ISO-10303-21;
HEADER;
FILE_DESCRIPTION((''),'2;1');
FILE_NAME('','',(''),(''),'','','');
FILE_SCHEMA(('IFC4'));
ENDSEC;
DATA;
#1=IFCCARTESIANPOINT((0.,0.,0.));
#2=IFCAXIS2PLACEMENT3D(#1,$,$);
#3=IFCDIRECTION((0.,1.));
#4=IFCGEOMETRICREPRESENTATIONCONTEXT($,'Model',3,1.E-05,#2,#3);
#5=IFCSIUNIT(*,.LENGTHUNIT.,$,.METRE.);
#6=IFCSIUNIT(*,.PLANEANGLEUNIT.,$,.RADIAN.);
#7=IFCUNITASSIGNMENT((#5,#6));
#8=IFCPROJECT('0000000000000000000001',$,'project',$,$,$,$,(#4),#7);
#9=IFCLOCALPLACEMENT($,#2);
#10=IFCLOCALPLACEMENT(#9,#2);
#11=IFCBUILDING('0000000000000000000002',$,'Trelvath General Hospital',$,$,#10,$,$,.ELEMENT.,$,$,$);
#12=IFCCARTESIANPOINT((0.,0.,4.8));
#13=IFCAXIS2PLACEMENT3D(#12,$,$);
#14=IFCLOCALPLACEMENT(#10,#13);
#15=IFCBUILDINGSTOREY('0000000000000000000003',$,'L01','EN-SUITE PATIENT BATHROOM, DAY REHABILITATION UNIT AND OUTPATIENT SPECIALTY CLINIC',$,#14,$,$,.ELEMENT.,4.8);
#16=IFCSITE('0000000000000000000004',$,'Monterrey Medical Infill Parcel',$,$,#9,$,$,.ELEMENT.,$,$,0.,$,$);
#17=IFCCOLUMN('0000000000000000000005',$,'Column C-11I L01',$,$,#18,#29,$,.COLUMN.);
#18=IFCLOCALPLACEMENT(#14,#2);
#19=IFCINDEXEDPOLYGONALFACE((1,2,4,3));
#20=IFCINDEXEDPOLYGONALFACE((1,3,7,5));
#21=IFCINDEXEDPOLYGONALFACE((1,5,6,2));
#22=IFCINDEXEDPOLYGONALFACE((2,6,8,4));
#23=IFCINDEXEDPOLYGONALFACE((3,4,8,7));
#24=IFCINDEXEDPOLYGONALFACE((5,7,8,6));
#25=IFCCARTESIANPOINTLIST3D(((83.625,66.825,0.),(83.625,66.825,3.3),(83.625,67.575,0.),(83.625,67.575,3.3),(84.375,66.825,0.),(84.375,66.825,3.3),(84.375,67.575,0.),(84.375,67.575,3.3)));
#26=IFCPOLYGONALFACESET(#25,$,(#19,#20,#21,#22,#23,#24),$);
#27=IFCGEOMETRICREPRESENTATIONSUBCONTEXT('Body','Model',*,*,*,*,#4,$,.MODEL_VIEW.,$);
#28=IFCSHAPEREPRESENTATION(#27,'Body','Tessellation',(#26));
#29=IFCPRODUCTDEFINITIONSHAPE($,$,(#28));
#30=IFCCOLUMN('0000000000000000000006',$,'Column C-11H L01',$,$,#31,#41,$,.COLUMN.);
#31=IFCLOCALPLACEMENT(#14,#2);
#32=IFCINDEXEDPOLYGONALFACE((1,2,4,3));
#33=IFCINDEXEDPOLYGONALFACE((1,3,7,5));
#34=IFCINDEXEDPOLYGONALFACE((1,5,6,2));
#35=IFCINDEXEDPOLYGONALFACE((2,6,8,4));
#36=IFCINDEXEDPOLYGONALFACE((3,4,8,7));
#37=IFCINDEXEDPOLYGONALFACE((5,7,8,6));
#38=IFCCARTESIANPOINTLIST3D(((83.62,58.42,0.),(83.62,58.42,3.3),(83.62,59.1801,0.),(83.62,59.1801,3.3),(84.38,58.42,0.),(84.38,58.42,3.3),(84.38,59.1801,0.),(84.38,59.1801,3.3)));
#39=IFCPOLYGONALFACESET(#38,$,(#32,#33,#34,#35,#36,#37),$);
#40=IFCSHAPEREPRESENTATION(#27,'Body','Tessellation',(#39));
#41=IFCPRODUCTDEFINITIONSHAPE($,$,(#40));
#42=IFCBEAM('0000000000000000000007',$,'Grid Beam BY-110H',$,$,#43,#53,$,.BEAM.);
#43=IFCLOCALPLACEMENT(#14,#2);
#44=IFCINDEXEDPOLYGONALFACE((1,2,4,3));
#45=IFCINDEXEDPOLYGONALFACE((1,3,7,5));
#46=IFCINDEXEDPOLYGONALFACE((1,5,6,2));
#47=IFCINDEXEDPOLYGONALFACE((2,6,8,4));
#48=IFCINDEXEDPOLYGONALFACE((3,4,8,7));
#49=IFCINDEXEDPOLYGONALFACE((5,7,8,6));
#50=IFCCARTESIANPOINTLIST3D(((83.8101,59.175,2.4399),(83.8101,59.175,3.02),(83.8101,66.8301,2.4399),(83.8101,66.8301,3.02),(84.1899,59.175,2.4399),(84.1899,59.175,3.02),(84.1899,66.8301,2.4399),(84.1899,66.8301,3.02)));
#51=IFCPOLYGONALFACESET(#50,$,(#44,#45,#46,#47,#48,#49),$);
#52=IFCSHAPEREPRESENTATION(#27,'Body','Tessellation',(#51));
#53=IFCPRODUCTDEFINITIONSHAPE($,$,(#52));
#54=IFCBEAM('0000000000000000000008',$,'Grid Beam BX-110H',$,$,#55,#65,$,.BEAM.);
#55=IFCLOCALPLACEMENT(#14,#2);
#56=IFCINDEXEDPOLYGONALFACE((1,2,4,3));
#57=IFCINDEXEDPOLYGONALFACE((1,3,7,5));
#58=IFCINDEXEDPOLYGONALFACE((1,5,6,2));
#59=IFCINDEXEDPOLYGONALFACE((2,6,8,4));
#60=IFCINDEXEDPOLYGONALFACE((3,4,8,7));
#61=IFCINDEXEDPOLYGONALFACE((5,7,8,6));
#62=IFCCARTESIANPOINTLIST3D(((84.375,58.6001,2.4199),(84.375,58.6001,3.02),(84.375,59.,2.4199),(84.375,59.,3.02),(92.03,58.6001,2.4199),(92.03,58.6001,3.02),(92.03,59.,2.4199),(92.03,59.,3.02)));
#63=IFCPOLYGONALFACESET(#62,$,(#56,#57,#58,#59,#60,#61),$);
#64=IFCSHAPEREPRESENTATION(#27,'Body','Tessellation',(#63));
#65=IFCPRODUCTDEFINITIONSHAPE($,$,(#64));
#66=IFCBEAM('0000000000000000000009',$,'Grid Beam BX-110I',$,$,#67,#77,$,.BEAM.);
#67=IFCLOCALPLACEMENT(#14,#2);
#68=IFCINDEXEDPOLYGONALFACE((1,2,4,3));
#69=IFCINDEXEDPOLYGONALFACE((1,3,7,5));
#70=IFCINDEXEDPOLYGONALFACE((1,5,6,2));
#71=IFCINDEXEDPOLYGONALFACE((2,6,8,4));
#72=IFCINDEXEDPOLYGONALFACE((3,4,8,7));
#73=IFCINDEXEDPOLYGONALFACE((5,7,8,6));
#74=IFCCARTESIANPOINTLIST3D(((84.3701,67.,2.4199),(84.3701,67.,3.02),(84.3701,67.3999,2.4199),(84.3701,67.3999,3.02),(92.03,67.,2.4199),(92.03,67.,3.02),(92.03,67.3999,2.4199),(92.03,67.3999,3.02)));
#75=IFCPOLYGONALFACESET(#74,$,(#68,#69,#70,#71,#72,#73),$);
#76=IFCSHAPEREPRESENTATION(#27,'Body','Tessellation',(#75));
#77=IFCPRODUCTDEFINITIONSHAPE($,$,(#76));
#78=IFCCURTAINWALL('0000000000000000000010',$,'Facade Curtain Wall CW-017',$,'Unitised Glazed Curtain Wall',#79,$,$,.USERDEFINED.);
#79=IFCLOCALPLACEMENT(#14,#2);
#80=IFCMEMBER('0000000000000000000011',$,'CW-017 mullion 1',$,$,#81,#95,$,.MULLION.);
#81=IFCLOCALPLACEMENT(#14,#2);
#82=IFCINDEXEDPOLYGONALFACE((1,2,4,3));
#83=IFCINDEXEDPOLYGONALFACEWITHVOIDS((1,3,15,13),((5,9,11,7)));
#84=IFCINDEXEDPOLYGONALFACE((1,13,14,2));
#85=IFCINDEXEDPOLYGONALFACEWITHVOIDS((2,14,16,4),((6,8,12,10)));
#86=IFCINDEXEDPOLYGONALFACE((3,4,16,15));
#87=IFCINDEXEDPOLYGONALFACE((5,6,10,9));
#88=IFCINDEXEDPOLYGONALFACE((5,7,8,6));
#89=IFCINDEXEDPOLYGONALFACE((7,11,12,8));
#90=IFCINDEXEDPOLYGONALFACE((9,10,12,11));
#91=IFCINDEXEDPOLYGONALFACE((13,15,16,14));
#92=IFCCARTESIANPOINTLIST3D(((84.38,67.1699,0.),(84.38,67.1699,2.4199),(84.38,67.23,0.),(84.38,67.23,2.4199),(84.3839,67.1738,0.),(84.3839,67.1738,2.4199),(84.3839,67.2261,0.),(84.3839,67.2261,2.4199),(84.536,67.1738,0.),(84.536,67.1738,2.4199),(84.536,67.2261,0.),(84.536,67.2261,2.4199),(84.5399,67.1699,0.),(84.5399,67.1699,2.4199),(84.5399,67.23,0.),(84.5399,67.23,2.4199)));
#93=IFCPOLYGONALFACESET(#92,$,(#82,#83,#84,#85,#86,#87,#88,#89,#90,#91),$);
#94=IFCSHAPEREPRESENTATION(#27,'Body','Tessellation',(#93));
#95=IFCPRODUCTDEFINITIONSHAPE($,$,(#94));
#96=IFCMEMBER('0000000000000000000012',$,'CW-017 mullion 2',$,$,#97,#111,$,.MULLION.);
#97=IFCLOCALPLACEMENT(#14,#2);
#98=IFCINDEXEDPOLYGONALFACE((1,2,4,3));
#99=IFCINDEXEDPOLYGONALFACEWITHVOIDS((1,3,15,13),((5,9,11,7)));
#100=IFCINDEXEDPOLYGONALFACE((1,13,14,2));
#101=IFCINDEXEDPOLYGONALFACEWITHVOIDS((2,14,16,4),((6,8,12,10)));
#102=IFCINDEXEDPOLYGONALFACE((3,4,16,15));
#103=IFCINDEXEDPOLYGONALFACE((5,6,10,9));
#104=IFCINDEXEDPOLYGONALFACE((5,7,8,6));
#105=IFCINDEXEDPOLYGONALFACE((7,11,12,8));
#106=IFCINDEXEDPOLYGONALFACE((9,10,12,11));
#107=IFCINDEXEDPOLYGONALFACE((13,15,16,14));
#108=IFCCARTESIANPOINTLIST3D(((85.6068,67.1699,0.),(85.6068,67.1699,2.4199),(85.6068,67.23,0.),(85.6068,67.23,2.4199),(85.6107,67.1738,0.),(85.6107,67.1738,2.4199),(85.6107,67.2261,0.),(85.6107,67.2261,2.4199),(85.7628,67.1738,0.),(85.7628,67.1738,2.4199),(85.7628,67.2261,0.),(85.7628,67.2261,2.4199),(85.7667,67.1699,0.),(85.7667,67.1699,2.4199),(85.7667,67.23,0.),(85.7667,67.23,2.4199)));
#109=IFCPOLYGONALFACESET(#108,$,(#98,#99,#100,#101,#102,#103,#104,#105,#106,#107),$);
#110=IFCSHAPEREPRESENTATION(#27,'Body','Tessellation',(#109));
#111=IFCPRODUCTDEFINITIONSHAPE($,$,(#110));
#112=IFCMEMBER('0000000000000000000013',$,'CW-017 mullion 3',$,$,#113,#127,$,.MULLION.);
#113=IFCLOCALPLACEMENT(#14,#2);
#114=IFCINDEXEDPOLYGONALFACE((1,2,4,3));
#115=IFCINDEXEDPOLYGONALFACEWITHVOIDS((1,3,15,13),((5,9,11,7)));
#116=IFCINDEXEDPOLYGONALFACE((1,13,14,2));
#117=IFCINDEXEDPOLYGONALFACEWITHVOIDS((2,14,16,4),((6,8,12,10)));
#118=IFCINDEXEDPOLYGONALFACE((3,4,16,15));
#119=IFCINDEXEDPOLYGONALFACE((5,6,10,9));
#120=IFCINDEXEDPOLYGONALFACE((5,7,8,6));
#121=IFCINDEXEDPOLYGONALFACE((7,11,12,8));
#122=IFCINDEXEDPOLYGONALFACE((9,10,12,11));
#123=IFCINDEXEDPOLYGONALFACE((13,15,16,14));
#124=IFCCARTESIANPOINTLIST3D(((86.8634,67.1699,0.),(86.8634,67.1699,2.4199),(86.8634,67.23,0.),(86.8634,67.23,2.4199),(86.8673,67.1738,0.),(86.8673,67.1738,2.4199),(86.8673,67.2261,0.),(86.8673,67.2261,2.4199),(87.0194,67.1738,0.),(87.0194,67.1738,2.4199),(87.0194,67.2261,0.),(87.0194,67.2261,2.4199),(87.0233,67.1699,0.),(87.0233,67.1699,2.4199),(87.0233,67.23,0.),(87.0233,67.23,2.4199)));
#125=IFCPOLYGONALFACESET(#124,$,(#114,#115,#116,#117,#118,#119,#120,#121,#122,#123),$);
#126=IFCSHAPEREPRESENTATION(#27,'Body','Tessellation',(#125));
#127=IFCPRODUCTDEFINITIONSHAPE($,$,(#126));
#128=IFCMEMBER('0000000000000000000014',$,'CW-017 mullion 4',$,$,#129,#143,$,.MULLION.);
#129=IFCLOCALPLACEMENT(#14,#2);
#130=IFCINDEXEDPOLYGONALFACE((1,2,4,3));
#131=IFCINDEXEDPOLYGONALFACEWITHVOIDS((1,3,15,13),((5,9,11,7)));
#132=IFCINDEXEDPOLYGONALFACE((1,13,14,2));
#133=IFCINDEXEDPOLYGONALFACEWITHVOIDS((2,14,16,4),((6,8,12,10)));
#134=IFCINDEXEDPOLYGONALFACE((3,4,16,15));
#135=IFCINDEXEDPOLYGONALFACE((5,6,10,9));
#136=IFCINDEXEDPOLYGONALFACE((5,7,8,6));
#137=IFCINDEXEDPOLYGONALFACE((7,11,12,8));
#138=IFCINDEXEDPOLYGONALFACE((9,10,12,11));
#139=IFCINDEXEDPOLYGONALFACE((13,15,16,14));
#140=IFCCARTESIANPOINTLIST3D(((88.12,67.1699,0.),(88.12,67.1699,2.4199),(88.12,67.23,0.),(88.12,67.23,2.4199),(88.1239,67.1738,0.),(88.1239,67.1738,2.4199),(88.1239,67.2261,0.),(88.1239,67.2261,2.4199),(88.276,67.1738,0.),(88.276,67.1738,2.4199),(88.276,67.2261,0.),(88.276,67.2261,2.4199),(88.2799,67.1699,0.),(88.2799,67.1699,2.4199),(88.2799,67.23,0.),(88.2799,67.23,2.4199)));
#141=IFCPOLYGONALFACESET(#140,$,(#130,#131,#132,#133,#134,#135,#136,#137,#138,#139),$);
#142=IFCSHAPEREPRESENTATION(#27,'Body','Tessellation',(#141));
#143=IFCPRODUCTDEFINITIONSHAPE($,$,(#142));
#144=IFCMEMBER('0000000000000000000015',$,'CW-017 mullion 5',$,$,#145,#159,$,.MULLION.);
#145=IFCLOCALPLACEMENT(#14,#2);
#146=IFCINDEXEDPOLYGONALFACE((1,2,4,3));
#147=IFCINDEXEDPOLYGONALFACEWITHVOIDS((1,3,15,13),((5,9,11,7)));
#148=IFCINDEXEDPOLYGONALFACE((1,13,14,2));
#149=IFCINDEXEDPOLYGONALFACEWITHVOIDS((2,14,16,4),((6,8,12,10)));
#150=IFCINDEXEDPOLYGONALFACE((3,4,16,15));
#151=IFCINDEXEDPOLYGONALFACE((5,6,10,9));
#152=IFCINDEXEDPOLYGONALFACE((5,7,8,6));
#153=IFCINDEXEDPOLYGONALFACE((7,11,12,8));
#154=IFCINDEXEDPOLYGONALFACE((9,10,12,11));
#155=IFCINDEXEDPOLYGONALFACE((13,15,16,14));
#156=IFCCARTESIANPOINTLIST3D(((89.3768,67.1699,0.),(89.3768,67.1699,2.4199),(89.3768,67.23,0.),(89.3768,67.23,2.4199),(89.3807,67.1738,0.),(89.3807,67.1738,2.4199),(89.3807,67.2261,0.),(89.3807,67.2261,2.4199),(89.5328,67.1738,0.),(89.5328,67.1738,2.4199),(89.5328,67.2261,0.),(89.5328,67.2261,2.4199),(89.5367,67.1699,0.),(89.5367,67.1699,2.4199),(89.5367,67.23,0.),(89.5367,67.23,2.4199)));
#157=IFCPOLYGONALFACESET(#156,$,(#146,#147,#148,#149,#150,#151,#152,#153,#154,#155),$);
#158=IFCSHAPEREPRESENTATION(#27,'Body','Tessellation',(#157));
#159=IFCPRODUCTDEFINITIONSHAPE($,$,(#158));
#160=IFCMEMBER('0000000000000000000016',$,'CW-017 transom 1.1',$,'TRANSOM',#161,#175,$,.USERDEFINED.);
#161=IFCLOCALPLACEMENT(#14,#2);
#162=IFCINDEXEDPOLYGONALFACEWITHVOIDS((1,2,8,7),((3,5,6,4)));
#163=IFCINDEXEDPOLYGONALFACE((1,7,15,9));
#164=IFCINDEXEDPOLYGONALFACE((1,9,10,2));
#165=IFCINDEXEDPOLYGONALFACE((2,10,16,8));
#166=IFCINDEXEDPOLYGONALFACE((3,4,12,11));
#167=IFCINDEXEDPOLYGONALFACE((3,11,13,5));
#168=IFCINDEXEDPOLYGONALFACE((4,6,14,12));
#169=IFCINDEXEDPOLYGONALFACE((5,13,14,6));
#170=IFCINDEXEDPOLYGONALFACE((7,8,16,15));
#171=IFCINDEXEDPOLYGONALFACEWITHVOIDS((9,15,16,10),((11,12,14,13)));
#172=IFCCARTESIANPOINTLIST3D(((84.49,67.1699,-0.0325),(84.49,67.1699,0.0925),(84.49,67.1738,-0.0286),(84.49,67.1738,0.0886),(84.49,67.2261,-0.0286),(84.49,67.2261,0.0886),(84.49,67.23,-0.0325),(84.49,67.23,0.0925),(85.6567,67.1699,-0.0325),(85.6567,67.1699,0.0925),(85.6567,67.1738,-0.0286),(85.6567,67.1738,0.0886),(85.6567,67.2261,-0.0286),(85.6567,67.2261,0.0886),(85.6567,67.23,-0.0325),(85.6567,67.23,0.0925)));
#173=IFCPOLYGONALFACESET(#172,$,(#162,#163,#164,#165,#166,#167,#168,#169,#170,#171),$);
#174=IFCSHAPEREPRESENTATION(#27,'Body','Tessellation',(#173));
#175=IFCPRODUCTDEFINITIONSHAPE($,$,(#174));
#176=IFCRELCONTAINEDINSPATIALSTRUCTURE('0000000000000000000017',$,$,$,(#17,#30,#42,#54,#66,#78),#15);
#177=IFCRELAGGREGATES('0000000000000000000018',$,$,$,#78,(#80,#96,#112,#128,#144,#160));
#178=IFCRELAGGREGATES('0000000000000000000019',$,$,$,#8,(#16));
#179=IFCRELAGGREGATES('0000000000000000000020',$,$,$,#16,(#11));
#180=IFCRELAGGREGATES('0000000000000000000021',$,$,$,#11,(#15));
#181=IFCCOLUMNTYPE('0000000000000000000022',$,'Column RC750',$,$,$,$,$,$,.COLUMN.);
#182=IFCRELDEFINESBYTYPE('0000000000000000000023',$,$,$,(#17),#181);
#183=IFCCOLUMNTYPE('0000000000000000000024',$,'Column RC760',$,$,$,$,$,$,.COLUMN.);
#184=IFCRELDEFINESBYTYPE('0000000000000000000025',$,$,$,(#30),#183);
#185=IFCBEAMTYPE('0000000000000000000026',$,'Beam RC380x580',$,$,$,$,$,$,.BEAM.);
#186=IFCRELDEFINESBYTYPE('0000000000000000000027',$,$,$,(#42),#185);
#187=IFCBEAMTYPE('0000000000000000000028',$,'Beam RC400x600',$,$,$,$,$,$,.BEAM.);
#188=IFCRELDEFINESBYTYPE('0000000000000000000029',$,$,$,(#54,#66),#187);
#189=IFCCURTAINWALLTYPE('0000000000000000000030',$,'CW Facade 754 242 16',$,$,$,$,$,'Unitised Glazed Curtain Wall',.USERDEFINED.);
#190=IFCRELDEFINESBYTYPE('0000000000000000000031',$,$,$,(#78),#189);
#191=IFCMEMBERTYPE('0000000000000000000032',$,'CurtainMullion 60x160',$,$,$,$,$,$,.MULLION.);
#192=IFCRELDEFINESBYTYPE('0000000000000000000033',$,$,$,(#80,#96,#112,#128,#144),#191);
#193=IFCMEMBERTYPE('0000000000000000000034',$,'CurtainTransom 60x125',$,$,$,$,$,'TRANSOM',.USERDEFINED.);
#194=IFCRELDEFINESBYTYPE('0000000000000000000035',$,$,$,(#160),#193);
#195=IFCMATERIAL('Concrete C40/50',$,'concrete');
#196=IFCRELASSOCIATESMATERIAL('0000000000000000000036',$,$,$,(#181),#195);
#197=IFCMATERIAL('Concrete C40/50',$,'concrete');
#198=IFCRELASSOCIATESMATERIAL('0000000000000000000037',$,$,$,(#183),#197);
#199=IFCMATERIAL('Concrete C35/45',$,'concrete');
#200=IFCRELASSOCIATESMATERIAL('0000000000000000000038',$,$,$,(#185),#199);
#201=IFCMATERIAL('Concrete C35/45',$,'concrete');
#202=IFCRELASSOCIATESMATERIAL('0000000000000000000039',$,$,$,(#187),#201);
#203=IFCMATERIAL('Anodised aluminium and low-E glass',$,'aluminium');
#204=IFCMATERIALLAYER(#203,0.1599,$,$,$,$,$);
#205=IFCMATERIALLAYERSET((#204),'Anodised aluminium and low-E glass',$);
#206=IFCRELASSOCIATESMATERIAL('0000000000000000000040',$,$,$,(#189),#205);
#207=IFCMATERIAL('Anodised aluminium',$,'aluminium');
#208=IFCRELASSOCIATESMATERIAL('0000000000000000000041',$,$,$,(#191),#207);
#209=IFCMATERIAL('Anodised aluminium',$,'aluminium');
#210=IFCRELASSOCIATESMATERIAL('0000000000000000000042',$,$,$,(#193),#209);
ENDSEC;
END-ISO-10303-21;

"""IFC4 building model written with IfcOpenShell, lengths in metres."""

from ifc_helpers import new_model, si_unit, direction, frame, origin, origin_2d, place, context, subcontext, project, spatial, rectangle, hollow_rectangle, extrude, material, layer, layer_set, material_profile, profile_set, type_object, element, aggregate, save


model = new_model("IFC4")

# Units and contexts
model_context = context("Model", 3, precision=1e-05, world=origin(), true_north=direction((0.0, 1.0)))
body_context = subcontext(model_context, "Body", "Model", "MODEL_VIEW")
ifc_project = project(units=[si_unit("LENGTHUNIT", "METRE"), si_unit("PLANEANGLEUNIT", "RADIAN")], contexts=[model_context])

# Site, building, storey
site_placement = place(None, origin())
site = spatial("IfcSite", under=ifc_project, at=site_placement, Name="Monterrey Medical Infill Parcel", CompositionType="ELEMENT", RefElevation=0.0)
building_placement = place(site_placement, origin())
building = spatial("IfcBuilding", under=site, at=building_placement, Name="Trelvath General Hospital", CompositionType="ELEMENT")
storey_placement = place(building_placement, frame((0.0, 0.0, 4.8)))
storey = spatial("IfcBuildingStorey", under=building, at=storey_placement, Name="L01", Description="EN-SUITE PATIENT BATHROOM, DAY REHABILITATION UNIT AND OUTPATIENT SPECIALTY CLINIC", CompositionType="ELEMENT", Elevation=4.8)

# Columns
ifc_material_1 = material(Name="Concrete C40/50", Category="concrete")
ifc_material_profile_1 = material_profile(ifc_material_1, rectangle(XDim=0.75, YDim=0.75, at=origin_2d()), Name="RC750x750")
ifc_profile_set_1 = profile_set([ifc_material_profile_1], Name="Concrete C40/50")
column_type_1 = type_object("IfcColumnType", Name="Column RC750", PredefinedType="COLUMN", material=ifc_profile_set_1)
column_1_placement = place(storey_placement, frame((84.0, 67.2, 0.0), z_axis=(0.0, 0.0, 1.0), x_axis=(1.0, 0.0, 0.0)))
element("IfcColumn", 1, at=column_1_placement, inside=storey, type_object=column_type_1, Name="Column C-11I L01", PredefinedType="COLUMN", context=body_context, shape_type="SweptSolid", body=[
    extrude(rectangle(XDim=0.75, YDim=0.75, at=origin_2d()), origin(), (0.0, 0.0, 1.0), 3.3),
])
ifc_material_2 = material(Name="Concrete C40/50", Category="concrete")
ifc_material_profile_2 = material_profile(ifc_material_2, rectangle(XDim=0.76, YDim=0.76, at=origin_2d()), Name="RC760x760")
ifc_profile_set_2 = profile_set([ifc_material_profile_2], Name="Concrete C40/50")
column_type_2 = type_object("IfcColumnType", Name="Column RC760", PredefinedType="COLUMN", material=ifc_profile_set_2)
column_2_placement = place(storey_placement, frame((84.0, 58.8, 0.0), z_axis=(0.0, 0.0, 1.0), x_axis=(1.0, 0.0, 0.0)))
element("IfcColumn", 2, at=column_2_placement, inside=storey, type_object=column_type_2, Name="Column C-11H L01", PredefinedType="COLUMN", context=body_context, shape_type="SweptSolid", body=[
    extrude(rectangle(XDim=0.76, YDim=0.76, at=origin_2d()), origin(), (0.0, 0.0, 1.0), 3.3),
])

# Beams
ifc_material_3 = material(Name="Concrete C35/45", Category="concrete")
ifc_material_profile_3 = material_profile(ifc_material_3, rectangle(XDim=0.3799, YDim=0.5801, at=origin_2d()), Name="RCB380x580")
ifc_profile_set_3 = profile_set([ifc_material_profile_3], Name="Concrete C35/45")
beam_type_1 = type_object("IfcBeamType", Name="Beam RC380x580", PredefinedType="BEAM", material=ifc_profile_set_3)
beam_1_placement = place(storey_placement, frame((84.0, 59.175, 2.73), z_axis=(0.0, 1.0, 0.0), x_axis=(-1.0, 0.0, 0.0)))
element("IfcBeam", 3, at=beam_1_placement, inside=storey, type_object=beam_type_1, Name="Grid Beam BY-110H", PredefinedType="BEAM", context=body_context, shape_type="SweptSolid", body=[
    extrude(rectangle(XDim=0.3799, YDim=0.5801, at=origin_2d()), origin(), (0.0, 0.0, 1.0), 7.655),
])
ifc_material_4 = material(Name="Concrete C35/45", Category="concrete")
ifc_material_profile_4 = material_profile(ifc_material_4, rectangle(XDim=0.3999, YDim=0.6001, at=origin_2d()), Name="RCB400x600")
ifc_profile_set_4 = profile_set([ifc_material_profile_4], Name="Concrete C35/45")
beam_type_2 = type_object("IfcBeamType", Name="Beam RC400x600", PredefinedType="BEAM", material=ifc_profile_set_4)
beam_2_placement = place(storey_placement, frame((84.375, 58.8, 2.72), z_axis=(1.0, 0.0, 0.0), x_axis=(0.0, 1.0, 0.0)))
element("IfcBeam", 4, at=beam_2_placement, inside=storey, type_object=beam_type_2, Name="Grid Beam BX-110H", PredefinedType="BEAM", context=body_context, shape_type="SweptSolid", body=[
    extrude(rectangle(XDim=0.3999, YDim=0.6001, at=origin_2d()), origin(), (0.0, 0.0, 1.0), 7.655),
])
beam_3_placement = place(storey_placement, frame((84.3701, 67.2, 2.72), z_axis=(1.0, 0.0, 0.0), x_axis=(0.0, 1.0, 0.0)))
element("IfcBeam", 5, at=beam_3_placement, inside=storey, type_object=beam_type_2, Name="Grid Beam BX-110I", PredefinedType="BEAM", context=body_context, shape_type="SweptSolid", body=[
    extrude(rectangle(XDim=0.3999, YDim=0.6001, at=origin_2d()), origin(), (0.0, 0.0, 1.0), 7.6599),
])

# Curtain wall, members
ifc_material_5 = material(Name="Anodised aluminium and low-E glass", Category="aluminium")
ifc_layer_1 = layer(ifc_material_5, 0.1599)
ifc_layer_set_1 = layer_set([ifc_layer_1], Name="Anodised aluminium and low-E glass")
curtain_wall_type = type_object("IfcCurtainWallType", Name="CW Facade 754 242 16", ElementType="Unitised Glazed Curtain Wall", PredefinedType="USERDEFINED", material=ifc_layer_set_1)
curtain_wall_placement = place(storey_placement, origin())
curtain_wall = element("IfcCurtainWall", 6, at=curtain_wall_placement, inside=storey, type_object=curtain_wall_type, Name="Facade Curtain Wall CW-017", ObjectType="Unitised Glazed Curtain Wall", PredefinedType="USERDEFINED")
ifc_material_6 = material(Name="Anodised aluminium", Category="aluminium")
ifc_material_profile_5 = material_profile(ifc_material_6, hollow_rectangle(XDim=0.0601, YDim=0.1599, WallThickness=0.0039, at=origin_2d()), Name="RHS60x160x4")
ifc_profile_set_5 = profile_set([ifc_material_profile_5], Name="Anodised aluminium")
member_type_1 = type_object("IfcMemberType", Name="CurtainMullion 60x160", PredefinedType="MULLION", material=ifc_profile_set_5)
member_1_placement = place(storey_placement, frame((84.46, 67.2, 0.0), z_axis=(0.0, 0.0, 1.0), x_axis=(0.0, 1.0, 0.0)))
member_1 = element("IfcMember", 7, at=member_1_placement, type_object=member_type_1, Name="CW-017 mullion 1", PredefinedType="MULLION", context=body_context, shape_type="SweptSolid", body=[
    extrude(hollow_rectangle(XDim=0.0601, YDim=0.1599, WallThickness=0.0039, at=origin_2d()), origin(), (0.0, 0.0, 1.0), 2.4199),
])
member_2_placement = place(storey_placement, frame((85.6868, 67.2, 0.0), z_axis=(0.0, 0.0, 1.0), x_axis=(0.0, 1.0, 0.0)))
member_2 = element("IfcMember", 8, at=member_2_placement, type_object=member_type_1, Name="CW-017 mullion 2", PredefinedType="MULLION", context=body_context, shape_type="SweptSolid", body=[
    extrude(hollow_rectangle(XDim=0.0601, YDim=0.1599, WallThickness=0.0039, at=origin_2d()), origin(), (0.0, 0.0, 1.0), 2.4199),
])
member_3_placement = place(storey_placement, frame((86.9434, 67.2, 0.0), z_axis=(0.0, 0.0, 1.0), x_axis=(0.0, 1.0, 0.0)))
member_3 = element("IfcMember", 9, at=member_3_placement, type_object=member_type_1, Name="CW-017 mullion 3", PredefinedType="MULLION", context=body_context, shape_type="SweptSolid", body=[
    extrude(hollow_rectangle(XDim=0.0601, YDim=0.1599, WallThickness=0.0039, at=origin_2d()), origin(), (0.0, 0.0, 1.0), 2.4199),
])
member_4_placement = place(storey_placement, frame((88.2, 67.2, 0.0), z_axis=(0.0, 0.0, 1.0), x_axis=(0.0, 1.0, 0.0)))
member_4 = element("IfcMember", 10, at=member_4_placement, type_object=member_type_1, Name="CW-017 mullion 4", PredefinedType="MULLION", context=body_context, shape_type="SweptSolid", body=[
    extrude(hollow_rectangle(XDim=0.0601, YDim=0.1599, WallThickness=0.0039, at=origin_2d()), origin(), (0.0, 0.0, 1.0), 2.4199),
])
member_5_placement = place(storey_placement, frame((89.4568, 67.2, 0.0), z_axis=(0.0, 0.0, 1.0), x_axis=(0.0, 1.0, 0.0)))
member_5 = element("IfcMember", 11, at=member_5_placement, type_object=member_type_1, Name="CW-017 mullion 5", PredefinedType="MULLION", context=body_context, shape_type="SweptSolid", body=[
    extrude(hollow_rectangle(XDim=0.0601, YDim=0.1599, WallThickness=0.0039, at=origin_2d()), origin(), (0.0, 0.0, 1.0), 2.4199),
])
ifc_material_7 = material(Name="Anodised aluminium", Category="aluminium")
ifc_material_profile_6 = material_profile(ifc_material_7, hollow_rectangle(XDim=0.0601, YDim=0.125, WallThickness=0.0039, at=origin_2d()), Name="RHS60x125x4")
ifc_profile_set_6 = profile_set([ifc_material_profile_6], Name="Anodised aluminium")
member_type_2 = type_object("IfcMemberType", Name="CurtainTransom 60x125", ElementType="TRANSOM", PredefinedType="USERDEFINED", material=ifc_profile_set_6)
member_6_placement = place(storey_placement, frame((84.49, 67.2, 0.03), z_axis=(1.0, 0.0, 0.0), x_axis=(0.0, 1.0, 0.0)))
member_6 = element("IfcMember", 12, at=member_6_placement, type_object=member_type_2, Name="CW-017 transom 1.1", ObjectType="TRANSOM", PredefinedType="USERDEFINED", context=body_context, shape_type="SweptSolid", body=[
    extrude(hollow_rectangle(XDim=0.0601, YDim=0.125, WallThickness=0.0039, at=origin_2d()), origin(), (0.0, 0.0, 1.0), 1.1667),
])
aggregate(curtain_wall, [member_1, member_2, member_3, member_4, member_5, member_6])

save(model, "model.ifc")
